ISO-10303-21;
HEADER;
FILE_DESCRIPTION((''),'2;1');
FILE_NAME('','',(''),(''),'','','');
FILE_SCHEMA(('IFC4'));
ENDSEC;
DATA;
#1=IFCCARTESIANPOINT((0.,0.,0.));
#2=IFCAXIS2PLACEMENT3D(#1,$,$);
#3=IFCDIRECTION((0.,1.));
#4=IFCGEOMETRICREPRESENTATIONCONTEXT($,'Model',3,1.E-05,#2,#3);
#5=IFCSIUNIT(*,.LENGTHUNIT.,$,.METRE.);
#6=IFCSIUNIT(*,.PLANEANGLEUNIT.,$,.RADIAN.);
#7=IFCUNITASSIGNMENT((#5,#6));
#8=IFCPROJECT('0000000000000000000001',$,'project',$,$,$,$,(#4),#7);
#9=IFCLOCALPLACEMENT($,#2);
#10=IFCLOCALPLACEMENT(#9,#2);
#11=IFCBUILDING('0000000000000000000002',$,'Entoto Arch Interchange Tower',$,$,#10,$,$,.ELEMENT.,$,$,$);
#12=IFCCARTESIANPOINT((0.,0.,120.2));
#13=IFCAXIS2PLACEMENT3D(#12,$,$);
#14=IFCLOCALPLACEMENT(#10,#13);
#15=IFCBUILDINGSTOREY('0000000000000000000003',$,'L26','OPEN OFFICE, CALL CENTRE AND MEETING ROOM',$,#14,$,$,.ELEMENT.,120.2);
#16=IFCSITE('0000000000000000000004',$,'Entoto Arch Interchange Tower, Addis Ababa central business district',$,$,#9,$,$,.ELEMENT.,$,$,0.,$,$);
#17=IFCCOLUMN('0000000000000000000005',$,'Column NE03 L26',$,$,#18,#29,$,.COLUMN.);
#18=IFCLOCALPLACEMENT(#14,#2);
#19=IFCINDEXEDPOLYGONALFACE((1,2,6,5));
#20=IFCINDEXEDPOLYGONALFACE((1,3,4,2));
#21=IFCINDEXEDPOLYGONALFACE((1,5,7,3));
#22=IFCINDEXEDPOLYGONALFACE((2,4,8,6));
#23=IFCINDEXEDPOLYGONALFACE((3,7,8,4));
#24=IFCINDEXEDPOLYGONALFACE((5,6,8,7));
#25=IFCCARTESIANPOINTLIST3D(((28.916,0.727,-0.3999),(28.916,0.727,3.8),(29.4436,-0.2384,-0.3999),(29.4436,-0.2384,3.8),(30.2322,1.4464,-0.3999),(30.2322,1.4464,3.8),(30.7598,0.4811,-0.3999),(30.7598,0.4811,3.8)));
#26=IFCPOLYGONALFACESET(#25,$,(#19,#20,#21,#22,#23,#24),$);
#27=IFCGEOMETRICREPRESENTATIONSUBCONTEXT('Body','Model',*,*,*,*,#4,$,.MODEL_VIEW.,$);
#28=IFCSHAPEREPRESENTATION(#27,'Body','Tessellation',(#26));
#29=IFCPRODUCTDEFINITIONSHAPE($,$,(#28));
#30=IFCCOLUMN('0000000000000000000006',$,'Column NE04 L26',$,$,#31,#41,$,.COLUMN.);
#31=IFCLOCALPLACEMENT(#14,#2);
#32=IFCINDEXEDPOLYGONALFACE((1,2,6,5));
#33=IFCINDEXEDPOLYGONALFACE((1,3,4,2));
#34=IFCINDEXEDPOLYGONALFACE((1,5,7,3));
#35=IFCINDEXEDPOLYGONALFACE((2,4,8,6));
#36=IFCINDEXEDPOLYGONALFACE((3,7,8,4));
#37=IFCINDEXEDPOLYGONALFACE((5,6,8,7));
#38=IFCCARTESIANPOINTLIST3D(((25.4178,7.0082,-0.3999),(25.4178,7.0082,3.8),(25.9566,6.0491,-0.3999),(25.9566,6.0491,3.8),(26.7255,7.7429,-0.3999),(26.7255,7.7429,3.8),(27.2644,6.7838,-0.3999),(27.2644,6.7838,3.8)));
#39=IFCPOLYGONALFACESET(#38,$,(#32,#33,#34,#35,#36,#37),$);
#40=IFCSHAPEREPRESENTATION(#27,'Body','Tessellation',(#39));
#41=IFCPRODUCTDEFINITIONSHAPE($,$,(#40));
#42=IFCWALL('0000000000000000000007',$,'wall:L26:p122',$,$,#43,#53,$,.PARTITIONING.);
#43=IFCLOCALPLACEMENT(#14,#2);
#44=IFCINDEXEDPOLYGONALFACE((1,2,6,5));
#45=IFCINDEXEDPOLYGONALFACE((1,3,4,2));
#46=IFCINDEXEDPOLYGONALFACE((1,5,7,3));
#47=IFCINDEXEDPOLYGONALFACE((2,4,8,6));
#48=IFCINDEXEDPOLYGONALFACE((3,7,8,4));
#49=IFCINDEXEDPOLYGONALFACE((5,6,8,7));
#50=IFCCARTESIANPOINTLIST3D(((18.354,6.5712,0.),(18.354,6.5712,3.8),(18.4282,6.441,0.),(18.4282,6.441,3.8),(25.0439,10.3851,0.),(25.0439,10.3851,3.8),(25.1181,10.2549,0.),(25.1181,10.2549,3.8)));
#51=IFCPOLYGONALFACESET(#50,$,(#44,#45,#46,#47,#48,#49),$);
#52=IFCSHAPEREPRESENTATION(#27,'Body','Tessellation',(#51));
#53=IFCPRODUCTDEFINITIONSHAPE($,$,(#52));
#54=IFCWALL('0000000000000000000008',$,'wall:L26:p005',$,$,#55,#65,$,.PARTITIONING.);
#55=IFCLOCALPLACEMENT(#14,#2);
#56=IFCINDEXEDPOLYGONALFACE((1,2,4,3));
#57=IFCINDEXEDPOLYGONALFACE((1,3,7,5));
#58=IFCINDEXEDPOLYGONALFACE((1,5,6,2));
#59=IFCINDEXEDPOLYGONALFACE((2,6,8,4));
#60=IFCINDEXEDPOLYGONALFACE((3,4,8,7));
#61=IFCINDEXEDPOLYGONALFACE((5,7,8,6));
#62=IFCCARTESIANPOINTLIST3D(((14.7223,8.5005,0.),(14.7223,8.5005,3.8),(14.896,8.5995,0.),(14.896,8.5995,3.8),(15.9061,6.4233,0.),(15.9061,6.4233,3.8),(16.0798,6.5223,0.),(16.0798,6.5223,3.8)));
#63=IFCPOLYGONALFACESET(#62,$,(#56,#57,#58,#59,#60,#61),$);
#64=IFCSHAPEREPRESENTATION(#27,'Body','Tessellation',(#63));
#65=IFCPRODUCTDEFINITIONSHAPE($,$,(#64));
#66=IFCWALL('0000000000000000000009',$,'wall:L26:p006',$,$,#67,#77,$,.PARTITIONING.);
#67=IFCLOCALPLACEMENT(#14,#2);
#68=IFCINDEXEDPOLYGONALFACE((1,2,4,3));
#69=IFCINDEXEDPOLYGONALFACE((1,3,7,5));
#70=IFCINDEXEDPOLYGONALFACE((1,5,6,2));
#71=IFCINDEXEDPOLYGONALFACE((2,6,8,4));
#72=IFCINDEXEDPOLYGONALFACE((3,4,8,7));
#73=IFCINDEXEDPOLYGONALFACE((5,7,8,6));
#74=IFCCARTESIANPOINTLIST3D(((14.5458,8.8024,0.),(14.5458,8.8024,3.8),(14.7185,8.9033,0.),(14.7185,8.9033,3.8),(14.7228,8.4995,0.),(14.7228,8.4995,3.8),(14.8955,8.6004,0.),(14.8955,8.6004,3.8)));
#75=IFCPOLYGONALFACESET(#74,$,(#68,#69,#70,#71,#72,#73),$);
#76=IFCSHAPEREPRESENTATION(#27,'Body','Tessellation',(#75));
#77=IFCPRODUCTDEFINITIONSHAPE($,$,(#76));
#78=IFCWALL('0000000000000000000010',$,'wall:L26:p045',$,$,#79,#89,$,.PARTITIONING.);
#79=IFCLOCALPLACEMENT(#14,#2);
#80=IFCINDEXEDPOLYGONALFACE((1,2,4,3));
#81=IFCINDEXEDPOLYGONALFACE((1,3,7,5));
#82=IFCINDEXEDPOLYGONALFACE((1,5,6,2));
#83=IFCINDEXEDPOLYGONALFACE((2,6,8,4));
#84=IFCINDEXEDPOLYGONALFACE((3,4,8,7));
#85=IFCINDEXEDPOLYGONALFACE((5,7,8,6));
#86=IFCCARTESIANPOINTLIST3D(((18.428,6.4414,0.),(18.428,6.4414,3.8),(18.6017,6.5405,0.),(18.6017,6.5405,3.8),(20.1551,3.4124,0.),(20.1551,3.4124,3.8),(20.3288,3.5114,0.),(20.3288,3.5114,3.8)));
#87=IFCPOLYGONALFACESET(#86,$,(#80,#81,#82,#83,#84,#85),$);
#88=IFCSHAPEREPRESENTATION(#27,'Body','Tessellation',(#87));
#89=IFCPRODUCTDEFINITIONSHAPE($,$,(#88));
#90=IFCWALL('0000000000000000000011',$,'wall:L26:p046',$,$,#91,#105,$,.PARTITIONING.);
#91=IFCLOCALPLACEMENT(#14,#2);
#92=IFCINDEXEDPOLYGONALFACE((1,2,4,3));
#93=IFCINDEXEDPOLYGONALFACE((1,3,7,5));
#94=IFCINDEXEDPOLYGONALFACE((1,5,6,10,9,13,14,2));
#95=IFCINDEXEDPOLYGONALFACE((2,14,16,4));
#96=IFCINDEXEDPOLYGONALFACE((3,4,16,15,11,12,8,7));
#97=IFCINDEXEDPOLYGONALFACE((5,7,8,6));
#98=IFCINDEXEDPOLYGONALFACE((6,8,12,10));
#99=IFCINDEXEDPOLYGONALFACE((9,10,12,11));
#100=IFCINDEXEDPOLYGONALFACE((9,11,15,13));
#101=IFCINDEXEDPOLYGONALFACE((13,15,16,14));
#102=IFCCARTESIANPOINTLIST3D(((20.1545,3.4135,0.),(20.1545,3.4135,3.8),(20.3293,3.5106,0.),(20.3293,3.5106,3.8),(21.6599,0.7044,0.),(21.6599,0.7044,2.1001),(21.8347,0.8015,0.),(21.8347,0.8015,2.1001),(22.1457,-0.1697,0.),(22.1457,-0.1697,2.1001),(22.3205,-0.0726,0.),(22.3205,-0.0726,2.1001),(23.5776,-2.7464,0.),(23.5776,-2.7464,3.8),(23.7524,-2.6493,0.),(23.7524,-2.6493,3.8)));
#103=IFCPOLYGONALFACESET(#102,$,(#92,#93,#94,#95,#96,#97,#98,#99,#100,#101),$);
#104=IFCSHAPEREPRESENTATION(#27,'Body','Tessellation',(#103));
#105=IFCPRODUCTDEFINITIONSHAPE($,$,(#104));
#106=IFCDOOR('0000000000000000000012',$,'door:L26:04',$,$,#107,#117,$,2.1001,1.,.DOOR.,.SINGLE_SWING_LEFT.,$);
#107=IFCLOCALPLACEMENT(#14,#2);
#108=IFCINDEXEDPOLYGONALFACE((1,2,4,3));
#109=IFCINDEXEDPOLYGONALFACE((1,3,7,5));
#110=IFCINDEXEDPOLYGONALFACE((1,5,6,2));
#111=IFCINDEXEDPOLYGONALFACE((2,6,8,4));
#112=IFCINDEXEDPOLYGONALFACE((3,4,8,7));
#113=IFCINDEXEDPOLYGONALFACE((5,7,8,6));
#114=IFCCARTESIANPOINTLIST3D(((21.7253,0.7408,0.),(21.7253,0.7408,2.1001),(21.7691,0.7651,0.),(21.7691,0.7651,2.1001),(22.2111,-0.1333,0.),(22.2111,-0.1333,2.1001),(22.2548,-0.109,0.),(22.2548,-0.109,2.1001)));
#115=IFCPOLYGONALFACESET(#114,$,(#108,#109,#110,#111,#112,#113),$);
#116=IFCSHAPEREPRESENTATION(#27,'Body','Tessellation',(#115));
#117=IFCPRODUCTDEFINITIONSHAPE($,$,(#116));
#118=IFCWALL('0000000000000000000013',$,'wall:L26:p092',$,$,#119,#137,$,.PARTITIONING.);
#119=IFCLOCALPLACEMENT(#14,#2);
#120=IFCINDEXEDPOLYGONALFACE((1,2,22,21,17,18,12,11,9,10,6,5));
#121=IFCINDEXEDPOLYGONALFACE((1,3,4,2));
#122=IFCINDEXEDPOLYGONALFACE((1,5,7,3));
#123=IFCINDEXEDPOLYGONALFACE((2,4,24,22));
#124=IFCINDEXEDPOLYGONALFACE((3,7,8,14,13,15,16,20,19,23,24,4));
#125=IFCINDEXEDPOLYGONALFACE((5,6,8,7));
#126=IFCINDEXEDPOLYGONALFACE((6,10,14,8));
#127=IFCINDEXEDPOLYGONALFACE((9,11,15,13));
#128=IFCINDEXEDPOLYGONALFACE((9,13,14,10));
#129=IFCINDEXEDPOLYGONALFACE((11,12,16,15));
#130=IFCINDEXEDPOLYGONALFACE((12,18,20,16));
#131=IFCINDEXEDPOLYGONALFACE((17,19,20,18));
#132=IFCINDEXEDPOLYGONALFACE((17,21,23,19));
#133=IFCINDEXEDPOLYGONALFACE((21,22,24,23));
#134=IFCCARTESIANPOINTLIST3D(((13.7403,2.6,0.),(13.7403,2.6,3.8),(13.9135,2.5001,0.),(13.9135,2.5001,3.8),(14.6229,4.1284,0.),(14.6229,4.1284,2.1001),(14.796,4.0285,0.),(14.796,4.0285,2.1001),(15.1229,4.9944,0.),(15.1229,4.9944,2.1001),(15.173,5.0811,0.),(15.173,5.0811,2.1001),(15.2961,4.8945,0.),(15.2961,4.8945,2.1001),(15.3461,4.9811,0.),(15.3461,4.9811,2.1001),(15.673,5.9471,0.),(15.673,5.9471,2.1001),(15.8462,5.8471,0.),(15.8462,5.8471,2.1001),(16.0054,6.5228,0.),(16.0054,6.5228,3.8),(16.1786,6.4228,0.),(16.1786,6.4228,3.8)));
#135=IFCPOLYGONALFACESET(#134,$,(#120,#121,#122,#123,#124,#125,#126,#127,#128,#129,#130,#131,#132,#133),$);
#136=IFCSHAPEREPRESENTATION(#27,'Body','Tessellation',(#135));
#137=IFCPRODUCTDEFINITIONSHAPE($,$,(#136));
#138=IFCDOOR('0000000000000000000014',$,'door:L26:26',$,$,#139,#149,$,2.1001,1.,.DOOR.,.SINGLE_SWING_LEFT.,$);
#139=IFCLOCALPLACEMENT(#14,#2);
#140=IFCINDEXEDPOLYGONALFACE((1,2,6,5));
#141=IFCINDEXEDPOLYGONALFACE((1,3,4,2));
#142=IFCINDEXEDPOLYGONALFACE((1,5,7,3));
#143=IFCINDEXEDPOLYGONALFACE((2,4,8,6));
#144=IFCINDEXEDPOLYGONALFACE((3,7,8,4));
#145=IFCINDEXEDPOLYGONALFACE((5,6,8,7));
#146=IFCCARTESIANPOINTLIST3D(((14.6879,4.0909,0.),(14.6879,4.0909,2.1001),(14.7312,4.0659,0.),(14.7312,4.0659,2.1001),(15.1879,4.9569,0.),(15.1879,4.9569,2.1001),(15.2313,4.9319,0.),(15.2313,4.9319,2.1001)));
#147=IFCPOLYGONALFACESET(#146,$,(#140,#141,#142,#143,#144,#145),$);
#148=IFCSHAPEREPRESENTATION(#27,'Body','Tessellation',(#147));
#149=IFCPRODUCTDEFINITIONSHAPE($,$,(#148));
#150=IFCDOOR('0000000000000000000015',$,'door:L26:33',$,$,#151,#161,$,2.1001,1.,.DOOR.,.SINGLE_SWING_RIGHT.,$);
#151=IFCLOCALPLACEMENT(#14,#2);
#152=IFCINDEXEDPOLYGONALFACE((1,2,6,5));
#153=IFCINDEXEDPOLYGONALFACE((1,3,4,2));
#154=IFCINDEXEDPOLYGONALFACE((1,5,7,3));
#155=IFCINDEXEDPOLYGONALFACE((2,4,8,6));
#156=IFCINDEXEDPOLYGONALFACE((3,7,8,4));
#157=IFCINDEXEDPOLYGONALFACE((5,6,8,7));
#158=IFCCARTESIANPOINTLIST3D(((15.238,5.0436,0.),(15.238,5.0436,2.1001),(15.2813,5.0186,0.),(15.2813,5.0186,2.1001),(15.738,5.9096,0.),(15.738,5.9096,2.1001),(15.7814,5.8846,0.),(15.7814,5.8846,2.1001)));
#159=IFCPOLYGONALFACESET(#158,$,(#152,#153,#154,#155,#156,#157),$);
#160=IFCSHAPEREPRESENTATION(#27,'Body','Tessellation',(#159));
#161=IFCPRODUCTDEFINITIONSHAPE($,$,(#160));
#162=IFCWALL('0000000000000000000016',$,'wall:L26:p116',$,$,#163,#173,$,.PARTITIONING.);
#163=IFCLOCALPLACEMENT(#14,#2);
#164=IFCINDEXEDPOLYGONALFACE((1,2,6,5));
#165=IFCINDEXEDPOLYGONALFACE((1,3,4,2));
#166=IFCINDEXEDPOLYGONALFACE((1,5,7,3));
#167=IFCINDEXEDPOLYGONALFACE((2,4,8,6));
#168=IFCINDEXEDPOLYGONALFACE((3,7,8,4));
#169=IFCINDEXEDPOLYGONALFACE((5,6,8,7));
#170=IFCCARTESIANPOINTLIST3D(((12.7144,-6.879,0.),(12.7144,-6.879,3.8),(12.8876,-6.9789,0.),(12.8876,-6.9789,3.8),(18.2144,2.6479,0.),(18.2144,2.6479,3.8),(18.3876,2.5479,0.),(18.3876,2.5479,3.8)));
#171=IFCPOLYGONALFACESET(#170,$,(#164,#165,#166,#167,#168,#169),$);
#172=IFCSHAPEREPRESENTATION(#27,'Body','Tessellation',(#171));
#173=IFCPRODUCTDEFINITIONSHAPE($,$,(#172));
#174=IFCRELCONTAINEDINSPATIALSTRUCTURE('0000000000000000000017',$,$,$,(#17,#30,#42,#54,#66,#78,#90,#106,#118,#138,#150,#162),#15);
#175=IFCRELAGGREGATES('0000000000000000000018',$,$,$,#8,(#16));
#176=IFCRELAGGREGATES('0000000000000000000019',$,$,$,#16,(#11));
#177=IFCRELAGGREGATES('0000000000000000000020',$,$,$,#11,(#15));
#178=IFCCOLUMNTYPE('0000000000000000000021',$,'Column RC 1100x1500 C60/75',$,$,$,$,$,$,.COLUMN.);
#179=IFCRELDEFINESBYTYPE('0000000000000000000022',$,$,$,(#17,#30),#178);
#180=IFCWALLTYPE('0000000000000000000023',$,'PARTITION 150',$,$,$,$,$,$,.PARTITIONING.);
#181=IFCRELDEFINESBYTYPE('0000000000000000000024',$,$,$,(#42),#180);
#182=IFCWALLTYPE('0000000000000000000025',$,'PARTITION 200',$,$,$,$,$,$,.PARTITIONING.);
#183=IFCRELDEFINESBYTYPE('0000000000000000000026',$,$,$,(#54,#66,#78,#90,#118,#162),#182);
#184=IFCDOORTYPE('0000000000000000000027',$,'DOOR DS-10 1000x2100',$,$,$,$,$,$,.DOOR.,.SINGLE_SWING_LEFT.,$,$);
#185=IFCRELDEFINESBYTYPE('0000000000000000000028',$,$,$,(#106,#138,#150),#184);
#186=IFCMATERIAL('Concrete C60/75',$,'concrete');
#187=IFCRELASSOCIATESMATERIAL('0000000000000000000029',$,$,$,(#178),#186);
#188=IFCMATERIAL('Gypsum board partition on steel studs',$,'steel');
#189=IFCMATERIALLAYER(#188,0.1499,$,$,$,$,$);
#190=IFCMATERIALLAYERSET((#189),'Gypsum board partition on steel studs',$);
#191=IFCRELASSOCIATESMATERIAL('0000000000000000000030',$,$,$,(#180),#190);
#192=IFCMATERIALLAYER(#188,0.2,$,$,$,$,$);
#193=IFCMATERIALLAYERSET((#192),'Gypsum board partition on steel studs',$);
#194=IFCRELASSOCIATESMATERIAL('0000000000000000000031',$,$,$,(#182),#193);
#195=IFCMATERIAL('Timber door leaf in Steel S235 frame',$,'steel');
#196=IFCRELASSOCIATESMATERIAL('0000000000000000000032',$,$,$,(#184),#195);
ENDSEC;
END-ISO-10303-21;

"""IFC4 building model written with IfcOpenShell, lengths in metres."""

from ifc_helpers import new_model, si_unit, direction, frame, frame_2d, origin, origin_2d, place, context, subcontext, project, spatial, rectangle, extrude, material, layer, layer_set, material_profile, profile_set, type_object, element, fill, save


model = new_model("IFC4")

# Units and contexts
model_context = context("Model", 3, precision=1e-05, world=origin(), true_north=direction((0.0, 1.0)))
body_context = subcontext(model_context, "Body", "Model", "MODEL_VIEW")
ifc_project = project(units=[si_unit("LENGTHUNIT", "METRE"), si_unit("PLANEANGLEUNIT", "RADIAN")], contexts=[model_context])

# Site, building, storey
site_placement = place(None, origin())
site = spatial("IfcSite", under=ifc_project, at=site_placement, Name="Entoto Arch Interchange Tower, Addis Ababa central business district", CompositionType="ELEMENT", RefElevation=0.0)
building_placement = place(site_placement, origin())
building = spatial("IfcBuilding", under=site, at=building_placement, Name="Entoto Arch Interchange Tower", CompositionType="ELEMENT")
storey_placement = place(building_placement, frame((0.0, 0.0, 120.2)))
storey = spatial("IfcBuildingStorey", under=building, at=storey_placement, Name="L26", Description="OPEN OFFICE, CALL CENTRE AND MEETING ROOM", CompositionType="ELEMENT", Elevation=120.2)

# Columns
ifc_material_1 = material(Name="Concrete C60/75", Category="concrete")
ifc_material_profile = material_profile(ifc_material_1, rectangle(XDim=1.1001, YDim=1.5, at=origin_2d()))
ifc_profile_set = profile_set([ifc_material_profile], Name="Concrete C60/75")
column_type = type_object("IfcColumnType", Name="Column RC 1100x1500 C60/75", PredefinedType="COLUMN", material=ifc_profile_set)
for number, where, z_axis, x_axis, name in (
    (1, (29.8379, 0.604, -0.3999), (0.0, 0.0, 1.0), (-0.479611, 0.877481, 0.0), "Column NE03 L26"),
    (2, (26.3411, 6.896, -0.3999), (0.0, 0.0, 1.0), (-0.489839, 0.871813, 0.0), "Column NE04 L26"),
):
    element("IfcColumn", number, at=place(storey_placement, frame(where, z_axis=z_axis, x_axis=x_axis)), inside=storey, type_object=column_type, Name=name, PredefinedType="COLUMN", context=body_context, shape_type="SweptSolid", body=[
        extrude(rectangle(XDim=1.1001, YDim=1.5, at=origin_2d()), origin(), (0.0, 0.0, 1.0), 4.2),
    ])

# Walls
ifc_material_2 = material(Name="Gypsum board partition on steel studs", Category="steel")
ifc_layer_1 = layer(ifc_material_2, 0.1499)
ifc_layer_set_1 = layer_set([ifc_layer_1], Name="Gypsum board partition on steel studs")
wall_type_1 = type_object("IfcWallType", Name="PARTITION 150", PredefinedType="PARTITIONING", material=ifc_layer_set_1)
wall_1_placement = place(storey_placement, frame((18.3911, 6.5061, 0.0), z_axis=(0.0, 0.0, 1.0), x_axis=(0.868738, 0.495271, 0.0)))
element("IfcWall", 3, at=wall_1_placement, inside=storey, type_object=wall_type_1, Name="wall:L26:p122", PredefinedType="PARTITIONING", context=body_context, shape_type="SweptSolid", body=[
    extrude(rectangle(XDim=7.7007, YDim=0.1499, at=frame_2d((3.8503, 0.0))), origin(), (0.0, 0.0, 1.0), 3.8),
])
ifc_layer_2 = layer(ifc_material_2, 0.2)
ifc_layer_set_2 = layer_set([ifc_layer_2], Name="Gypsum board partition on steel studs")
wall_type_2 = type_object("IfcWallType", Name="PARTITION 200", PredefinedType="PARTITIONING", material=ifc_layer_set_2)
wall_2_placement = place(storey_placement, frame((15.9929, 6.4729, 0.0), z_axis=(0.0, 0.0, 1.0), x_axis=(-0.49516, 0.868802, 0.0)))
element("IfcWall", 4, at=wall_2_placement, inside=storey, type_object=wall_type_2, Name="wall:L26:p005", PredefinedType="PARTITIONING", context=body_context, shape_type="SweptSolid", body=[
    extrude(rectangle(XDim=2.3909, YDim=0.2, at=frame_2d((1.1953, 0.0))), origin(), (0.0, 0.0, 1.0), 3.8),
])
wall_3_placement = place(storey_placement, frame((14.8091, 8.55, 0.0), z_axis=(0.0, 0.0, 1.0), x_axis=(-0.504433, 0.863451, 0.0)))
element("IfcWall", 5, at=wall_3_placement, inside=storey, type_object=wall_type_2, Name="wall:L26:p006", PredefinedType="PARTITIONING", context=body_context, shape_type="SweptSolid", body=[
    extrude(rectangle(XDim=0.3508, YDim=0.2, at=frame_2d((0.1753, 0.0))), origin(), (0.0, 0.0, 1.0), 3.8),
])
wall_4_placement = place(storey_placement, frame((18.5149, 6.491, 0.0), z_axis=(0.0, 0.0, 1.0), x_axis=(0.495309, -0.868717, 0.0)))
element("IfcWall", 6, at=wall_4_placement, inside=storey, type_object=wall_type_2, Name="wall:L26:p045", PredefinedType="PARTITIONING", context=body_context, shape_type="SweptSolid", body=[
    extrude(rectangle(XDim=3.4868, YDim=0.2, at=frame_2d((1.7434, 0.0))), origin(), (0.0, 0.0, 1.0), 3.8),
])

# Wall, opening, door
wall_5_placement = place(storey_placement, frame((20.2419, 3.4619, 0.0), z_axis=(0.0, 0.0, 1.0), x_axis=(0.485743, -0.874102, 0.0)))
wall_5 = element("IfcWall", 7, at=wall_5_placement, inside=storey, type_object=wall_type_2, Name="wall:L26:p046", PredefinedType="PARTITIONING", context=body_context, shape_type="SweptSolid", body=[
    extrude(rectangle(XDim=7.0471, YDim=0.2, at=frame_2d((3.5234, 0.0))), origin(), (0.0, 0.0, 1.0), 3.8),
])
opening_1_placement = place(wall_5_placement, frame((3.0991, 0.0, 0.0)))
opening_1 = element("IfcOpeningElement", 8, at=opening_1_placement, cuts=wall_5, PredefinedType="OPENING", context=body_context, shape_type="SweptSolid", body=[
    extrude(rectangle(XDim=1.0, YDim=2.1001, at=frame_2d((0.5, 1.05))), frame((0.0, 0.1099, 0.0), z_axis=(0.0, -1.0, 0.0), x_axis=(1.0, 0.0, 0.0)), (0.0, 0.0, 1.0), 0.22),
])
ifc_material_3 = material(Name="Timber door leaf in Steel S235 frame", Category="steel")
door_type = type_object("IfcDoorType", Name="DOOR DS-10 1000x2100", OperationType="SINGLE_SWING_LEFT", PredefinedType="DOOR", material=ifc_material_3)
door_1_placement = place(opening_1_placement, origin())
door_1 = element("IfcDoor", 9, at=door_1_placement, inside=storey, type_object=door_type, Name="door:L26:04", OperationType="SINGLE_SWING_LEFT", OverallHeight=2.1001, OverallWidth=1.0, PredefinedType="DOOR", context=body_context, shape_type="SweptSolid", body=[
    extrude(rectangle(XDim=1.0, YDim=2.1001, at=frame_2d((0.5, 1.05))), frame((0.0, 0.0249, 0.0), z_axis=(0.0, -1.0, 0.0), x_axis=(1.0, 0.0, 0.0)), (0.0, 0.0, 1.0), 0.05),
])
fill(opening_1, door_1)

# Wall, openings, doors
wall_6_placement = place(storey_placement, frame((13.8269, 2.55, 0.0), z_axis=(0.0, 0.0, 1.0), x_axis=(0.500046, 0.865999, 0.0)))
wall_6 = element("IfcWall", 10, at=wall_6_placement, inside=storey, type_object=wall_type_2, Name="wall:L26:p092", PredefinedType="PARTITIONING", context=body_context, shape_type="SweptSolid", body=[
    extrude(rectangle(XDim=4.5298, YDim=0.2, at=frame_2d((2.2649, 0.0))), origin(), (0.0, 0.0, 1.0), 3.8),
])
opening_2_placement = place(wall_6_placement, frame((1.7649, 0.0, 0.0)))
opening_2 = element("IfcOpeningElement", 11, at=opening_2_placement, cuts=wall_6, PredefinedType="OPENING", context=body_context, shape_type="SweptSolid", body=[
    extrude(rectangle(XDim=1.0, YDim=2.1001, at=frame_2d((0.5, 1.05))), frame((0.0, 0.1099, 0.0), z_axis=(0.0, -1.0, 0.0), x_axis=(1.0, 0.0, 0.0)), (0.0, 0.0, 1.0), 0.22),
])
opening_3_placement = place(wall_6_placement, frame((2.865, 0.0, 0.0)))
opening_3 = element("IfcOpeningElement", 12, at=opening_3_placement, cuts=wall_6, PredefinedType="OPENING", context=body_context, shape_type="SweptSolid", body=[
    extrude(rectangle(XDim=1.0, YDim=2.1001, at=frame_2d((0.5, 1.05))), frame((0.0, 0.1099, 0.0), z_axis=(0.0, -1.0, 0.0), x_axis=(1.0, 0.0, 0.0)), (0.0, 0.0, 1.0), 0.22),
])
door_2_placement = place(opening_2_placement, origin())
door_2 = element("IfcDoor", 13, at=door_2_placement, inside=storey, type_object=door_type, Name="door:L26:26", OperationType="SINGLE_SWING_LEFT", OverallHeight=2.1001, OverallWidth=1.0, PredefinedType="DOOR", context=body_context, shape_type="SweptSolid", body=[
    extrude(rectangle(XDim=1.0, YDim=2.1001, at=frame_2d((0.5, 1.05))), frame((0.0, 0.0249, 0.0), z_axis=(0.0, -1.0, 0.0), x_axis=(1.0, 0.0, 0.0)), (0.0, 0.0, 1.0), 0.05),
])
fill(opening_2, door_2)
door_3_placement = place(opening_3_placement, origin())
door_3 = element("IfcDoor", 14, at=door_3_placement, inside=storey, type_object=door_type, Name="door:L26:33", OperationType="SINGLE_SWING_RIGHT", OverallHeight=2.1001, OverallWidth=1.0, PredefinedType="DOOR", context=body_context, shape_type="SweptSolid", body=[
    extrude(rectangle(XDim=1.0, YDim=2.1001, at=frame_2d((0.5, 1.05))), frame((0.0, 0.0249, 0.0), z_axis=(0.0, -1.0, 0.0), x_axis=(1.0, 0.0, 0.0)), (0.0, 0.0, 1.0), 0.05),
])
fill(opening_3, door_3)

# Wall
wall_7_placement = place(storey_placement, frame((18.301, 2.5979, 0.0), z_axis=(0.0, 0.0, 1.0), x_axis=(-0.499977, -0.866038, 0.0)))
element("IfcWall", 15, at=wall_7_placement, inside=storey, type_object=wall_type_2, Name="wall:L26:p116", PredefinedType="PARTITIONING", context=body_context, shape_type="SweptSolid", body=[
    extrude(rectangle(XDim=11.0005, YDim=0.2, at=frame_2d((5.5002, 0.0))), origin(), (0.0, 0.0, 1.0), 3.8),
])

save(model, "model.ifc")
